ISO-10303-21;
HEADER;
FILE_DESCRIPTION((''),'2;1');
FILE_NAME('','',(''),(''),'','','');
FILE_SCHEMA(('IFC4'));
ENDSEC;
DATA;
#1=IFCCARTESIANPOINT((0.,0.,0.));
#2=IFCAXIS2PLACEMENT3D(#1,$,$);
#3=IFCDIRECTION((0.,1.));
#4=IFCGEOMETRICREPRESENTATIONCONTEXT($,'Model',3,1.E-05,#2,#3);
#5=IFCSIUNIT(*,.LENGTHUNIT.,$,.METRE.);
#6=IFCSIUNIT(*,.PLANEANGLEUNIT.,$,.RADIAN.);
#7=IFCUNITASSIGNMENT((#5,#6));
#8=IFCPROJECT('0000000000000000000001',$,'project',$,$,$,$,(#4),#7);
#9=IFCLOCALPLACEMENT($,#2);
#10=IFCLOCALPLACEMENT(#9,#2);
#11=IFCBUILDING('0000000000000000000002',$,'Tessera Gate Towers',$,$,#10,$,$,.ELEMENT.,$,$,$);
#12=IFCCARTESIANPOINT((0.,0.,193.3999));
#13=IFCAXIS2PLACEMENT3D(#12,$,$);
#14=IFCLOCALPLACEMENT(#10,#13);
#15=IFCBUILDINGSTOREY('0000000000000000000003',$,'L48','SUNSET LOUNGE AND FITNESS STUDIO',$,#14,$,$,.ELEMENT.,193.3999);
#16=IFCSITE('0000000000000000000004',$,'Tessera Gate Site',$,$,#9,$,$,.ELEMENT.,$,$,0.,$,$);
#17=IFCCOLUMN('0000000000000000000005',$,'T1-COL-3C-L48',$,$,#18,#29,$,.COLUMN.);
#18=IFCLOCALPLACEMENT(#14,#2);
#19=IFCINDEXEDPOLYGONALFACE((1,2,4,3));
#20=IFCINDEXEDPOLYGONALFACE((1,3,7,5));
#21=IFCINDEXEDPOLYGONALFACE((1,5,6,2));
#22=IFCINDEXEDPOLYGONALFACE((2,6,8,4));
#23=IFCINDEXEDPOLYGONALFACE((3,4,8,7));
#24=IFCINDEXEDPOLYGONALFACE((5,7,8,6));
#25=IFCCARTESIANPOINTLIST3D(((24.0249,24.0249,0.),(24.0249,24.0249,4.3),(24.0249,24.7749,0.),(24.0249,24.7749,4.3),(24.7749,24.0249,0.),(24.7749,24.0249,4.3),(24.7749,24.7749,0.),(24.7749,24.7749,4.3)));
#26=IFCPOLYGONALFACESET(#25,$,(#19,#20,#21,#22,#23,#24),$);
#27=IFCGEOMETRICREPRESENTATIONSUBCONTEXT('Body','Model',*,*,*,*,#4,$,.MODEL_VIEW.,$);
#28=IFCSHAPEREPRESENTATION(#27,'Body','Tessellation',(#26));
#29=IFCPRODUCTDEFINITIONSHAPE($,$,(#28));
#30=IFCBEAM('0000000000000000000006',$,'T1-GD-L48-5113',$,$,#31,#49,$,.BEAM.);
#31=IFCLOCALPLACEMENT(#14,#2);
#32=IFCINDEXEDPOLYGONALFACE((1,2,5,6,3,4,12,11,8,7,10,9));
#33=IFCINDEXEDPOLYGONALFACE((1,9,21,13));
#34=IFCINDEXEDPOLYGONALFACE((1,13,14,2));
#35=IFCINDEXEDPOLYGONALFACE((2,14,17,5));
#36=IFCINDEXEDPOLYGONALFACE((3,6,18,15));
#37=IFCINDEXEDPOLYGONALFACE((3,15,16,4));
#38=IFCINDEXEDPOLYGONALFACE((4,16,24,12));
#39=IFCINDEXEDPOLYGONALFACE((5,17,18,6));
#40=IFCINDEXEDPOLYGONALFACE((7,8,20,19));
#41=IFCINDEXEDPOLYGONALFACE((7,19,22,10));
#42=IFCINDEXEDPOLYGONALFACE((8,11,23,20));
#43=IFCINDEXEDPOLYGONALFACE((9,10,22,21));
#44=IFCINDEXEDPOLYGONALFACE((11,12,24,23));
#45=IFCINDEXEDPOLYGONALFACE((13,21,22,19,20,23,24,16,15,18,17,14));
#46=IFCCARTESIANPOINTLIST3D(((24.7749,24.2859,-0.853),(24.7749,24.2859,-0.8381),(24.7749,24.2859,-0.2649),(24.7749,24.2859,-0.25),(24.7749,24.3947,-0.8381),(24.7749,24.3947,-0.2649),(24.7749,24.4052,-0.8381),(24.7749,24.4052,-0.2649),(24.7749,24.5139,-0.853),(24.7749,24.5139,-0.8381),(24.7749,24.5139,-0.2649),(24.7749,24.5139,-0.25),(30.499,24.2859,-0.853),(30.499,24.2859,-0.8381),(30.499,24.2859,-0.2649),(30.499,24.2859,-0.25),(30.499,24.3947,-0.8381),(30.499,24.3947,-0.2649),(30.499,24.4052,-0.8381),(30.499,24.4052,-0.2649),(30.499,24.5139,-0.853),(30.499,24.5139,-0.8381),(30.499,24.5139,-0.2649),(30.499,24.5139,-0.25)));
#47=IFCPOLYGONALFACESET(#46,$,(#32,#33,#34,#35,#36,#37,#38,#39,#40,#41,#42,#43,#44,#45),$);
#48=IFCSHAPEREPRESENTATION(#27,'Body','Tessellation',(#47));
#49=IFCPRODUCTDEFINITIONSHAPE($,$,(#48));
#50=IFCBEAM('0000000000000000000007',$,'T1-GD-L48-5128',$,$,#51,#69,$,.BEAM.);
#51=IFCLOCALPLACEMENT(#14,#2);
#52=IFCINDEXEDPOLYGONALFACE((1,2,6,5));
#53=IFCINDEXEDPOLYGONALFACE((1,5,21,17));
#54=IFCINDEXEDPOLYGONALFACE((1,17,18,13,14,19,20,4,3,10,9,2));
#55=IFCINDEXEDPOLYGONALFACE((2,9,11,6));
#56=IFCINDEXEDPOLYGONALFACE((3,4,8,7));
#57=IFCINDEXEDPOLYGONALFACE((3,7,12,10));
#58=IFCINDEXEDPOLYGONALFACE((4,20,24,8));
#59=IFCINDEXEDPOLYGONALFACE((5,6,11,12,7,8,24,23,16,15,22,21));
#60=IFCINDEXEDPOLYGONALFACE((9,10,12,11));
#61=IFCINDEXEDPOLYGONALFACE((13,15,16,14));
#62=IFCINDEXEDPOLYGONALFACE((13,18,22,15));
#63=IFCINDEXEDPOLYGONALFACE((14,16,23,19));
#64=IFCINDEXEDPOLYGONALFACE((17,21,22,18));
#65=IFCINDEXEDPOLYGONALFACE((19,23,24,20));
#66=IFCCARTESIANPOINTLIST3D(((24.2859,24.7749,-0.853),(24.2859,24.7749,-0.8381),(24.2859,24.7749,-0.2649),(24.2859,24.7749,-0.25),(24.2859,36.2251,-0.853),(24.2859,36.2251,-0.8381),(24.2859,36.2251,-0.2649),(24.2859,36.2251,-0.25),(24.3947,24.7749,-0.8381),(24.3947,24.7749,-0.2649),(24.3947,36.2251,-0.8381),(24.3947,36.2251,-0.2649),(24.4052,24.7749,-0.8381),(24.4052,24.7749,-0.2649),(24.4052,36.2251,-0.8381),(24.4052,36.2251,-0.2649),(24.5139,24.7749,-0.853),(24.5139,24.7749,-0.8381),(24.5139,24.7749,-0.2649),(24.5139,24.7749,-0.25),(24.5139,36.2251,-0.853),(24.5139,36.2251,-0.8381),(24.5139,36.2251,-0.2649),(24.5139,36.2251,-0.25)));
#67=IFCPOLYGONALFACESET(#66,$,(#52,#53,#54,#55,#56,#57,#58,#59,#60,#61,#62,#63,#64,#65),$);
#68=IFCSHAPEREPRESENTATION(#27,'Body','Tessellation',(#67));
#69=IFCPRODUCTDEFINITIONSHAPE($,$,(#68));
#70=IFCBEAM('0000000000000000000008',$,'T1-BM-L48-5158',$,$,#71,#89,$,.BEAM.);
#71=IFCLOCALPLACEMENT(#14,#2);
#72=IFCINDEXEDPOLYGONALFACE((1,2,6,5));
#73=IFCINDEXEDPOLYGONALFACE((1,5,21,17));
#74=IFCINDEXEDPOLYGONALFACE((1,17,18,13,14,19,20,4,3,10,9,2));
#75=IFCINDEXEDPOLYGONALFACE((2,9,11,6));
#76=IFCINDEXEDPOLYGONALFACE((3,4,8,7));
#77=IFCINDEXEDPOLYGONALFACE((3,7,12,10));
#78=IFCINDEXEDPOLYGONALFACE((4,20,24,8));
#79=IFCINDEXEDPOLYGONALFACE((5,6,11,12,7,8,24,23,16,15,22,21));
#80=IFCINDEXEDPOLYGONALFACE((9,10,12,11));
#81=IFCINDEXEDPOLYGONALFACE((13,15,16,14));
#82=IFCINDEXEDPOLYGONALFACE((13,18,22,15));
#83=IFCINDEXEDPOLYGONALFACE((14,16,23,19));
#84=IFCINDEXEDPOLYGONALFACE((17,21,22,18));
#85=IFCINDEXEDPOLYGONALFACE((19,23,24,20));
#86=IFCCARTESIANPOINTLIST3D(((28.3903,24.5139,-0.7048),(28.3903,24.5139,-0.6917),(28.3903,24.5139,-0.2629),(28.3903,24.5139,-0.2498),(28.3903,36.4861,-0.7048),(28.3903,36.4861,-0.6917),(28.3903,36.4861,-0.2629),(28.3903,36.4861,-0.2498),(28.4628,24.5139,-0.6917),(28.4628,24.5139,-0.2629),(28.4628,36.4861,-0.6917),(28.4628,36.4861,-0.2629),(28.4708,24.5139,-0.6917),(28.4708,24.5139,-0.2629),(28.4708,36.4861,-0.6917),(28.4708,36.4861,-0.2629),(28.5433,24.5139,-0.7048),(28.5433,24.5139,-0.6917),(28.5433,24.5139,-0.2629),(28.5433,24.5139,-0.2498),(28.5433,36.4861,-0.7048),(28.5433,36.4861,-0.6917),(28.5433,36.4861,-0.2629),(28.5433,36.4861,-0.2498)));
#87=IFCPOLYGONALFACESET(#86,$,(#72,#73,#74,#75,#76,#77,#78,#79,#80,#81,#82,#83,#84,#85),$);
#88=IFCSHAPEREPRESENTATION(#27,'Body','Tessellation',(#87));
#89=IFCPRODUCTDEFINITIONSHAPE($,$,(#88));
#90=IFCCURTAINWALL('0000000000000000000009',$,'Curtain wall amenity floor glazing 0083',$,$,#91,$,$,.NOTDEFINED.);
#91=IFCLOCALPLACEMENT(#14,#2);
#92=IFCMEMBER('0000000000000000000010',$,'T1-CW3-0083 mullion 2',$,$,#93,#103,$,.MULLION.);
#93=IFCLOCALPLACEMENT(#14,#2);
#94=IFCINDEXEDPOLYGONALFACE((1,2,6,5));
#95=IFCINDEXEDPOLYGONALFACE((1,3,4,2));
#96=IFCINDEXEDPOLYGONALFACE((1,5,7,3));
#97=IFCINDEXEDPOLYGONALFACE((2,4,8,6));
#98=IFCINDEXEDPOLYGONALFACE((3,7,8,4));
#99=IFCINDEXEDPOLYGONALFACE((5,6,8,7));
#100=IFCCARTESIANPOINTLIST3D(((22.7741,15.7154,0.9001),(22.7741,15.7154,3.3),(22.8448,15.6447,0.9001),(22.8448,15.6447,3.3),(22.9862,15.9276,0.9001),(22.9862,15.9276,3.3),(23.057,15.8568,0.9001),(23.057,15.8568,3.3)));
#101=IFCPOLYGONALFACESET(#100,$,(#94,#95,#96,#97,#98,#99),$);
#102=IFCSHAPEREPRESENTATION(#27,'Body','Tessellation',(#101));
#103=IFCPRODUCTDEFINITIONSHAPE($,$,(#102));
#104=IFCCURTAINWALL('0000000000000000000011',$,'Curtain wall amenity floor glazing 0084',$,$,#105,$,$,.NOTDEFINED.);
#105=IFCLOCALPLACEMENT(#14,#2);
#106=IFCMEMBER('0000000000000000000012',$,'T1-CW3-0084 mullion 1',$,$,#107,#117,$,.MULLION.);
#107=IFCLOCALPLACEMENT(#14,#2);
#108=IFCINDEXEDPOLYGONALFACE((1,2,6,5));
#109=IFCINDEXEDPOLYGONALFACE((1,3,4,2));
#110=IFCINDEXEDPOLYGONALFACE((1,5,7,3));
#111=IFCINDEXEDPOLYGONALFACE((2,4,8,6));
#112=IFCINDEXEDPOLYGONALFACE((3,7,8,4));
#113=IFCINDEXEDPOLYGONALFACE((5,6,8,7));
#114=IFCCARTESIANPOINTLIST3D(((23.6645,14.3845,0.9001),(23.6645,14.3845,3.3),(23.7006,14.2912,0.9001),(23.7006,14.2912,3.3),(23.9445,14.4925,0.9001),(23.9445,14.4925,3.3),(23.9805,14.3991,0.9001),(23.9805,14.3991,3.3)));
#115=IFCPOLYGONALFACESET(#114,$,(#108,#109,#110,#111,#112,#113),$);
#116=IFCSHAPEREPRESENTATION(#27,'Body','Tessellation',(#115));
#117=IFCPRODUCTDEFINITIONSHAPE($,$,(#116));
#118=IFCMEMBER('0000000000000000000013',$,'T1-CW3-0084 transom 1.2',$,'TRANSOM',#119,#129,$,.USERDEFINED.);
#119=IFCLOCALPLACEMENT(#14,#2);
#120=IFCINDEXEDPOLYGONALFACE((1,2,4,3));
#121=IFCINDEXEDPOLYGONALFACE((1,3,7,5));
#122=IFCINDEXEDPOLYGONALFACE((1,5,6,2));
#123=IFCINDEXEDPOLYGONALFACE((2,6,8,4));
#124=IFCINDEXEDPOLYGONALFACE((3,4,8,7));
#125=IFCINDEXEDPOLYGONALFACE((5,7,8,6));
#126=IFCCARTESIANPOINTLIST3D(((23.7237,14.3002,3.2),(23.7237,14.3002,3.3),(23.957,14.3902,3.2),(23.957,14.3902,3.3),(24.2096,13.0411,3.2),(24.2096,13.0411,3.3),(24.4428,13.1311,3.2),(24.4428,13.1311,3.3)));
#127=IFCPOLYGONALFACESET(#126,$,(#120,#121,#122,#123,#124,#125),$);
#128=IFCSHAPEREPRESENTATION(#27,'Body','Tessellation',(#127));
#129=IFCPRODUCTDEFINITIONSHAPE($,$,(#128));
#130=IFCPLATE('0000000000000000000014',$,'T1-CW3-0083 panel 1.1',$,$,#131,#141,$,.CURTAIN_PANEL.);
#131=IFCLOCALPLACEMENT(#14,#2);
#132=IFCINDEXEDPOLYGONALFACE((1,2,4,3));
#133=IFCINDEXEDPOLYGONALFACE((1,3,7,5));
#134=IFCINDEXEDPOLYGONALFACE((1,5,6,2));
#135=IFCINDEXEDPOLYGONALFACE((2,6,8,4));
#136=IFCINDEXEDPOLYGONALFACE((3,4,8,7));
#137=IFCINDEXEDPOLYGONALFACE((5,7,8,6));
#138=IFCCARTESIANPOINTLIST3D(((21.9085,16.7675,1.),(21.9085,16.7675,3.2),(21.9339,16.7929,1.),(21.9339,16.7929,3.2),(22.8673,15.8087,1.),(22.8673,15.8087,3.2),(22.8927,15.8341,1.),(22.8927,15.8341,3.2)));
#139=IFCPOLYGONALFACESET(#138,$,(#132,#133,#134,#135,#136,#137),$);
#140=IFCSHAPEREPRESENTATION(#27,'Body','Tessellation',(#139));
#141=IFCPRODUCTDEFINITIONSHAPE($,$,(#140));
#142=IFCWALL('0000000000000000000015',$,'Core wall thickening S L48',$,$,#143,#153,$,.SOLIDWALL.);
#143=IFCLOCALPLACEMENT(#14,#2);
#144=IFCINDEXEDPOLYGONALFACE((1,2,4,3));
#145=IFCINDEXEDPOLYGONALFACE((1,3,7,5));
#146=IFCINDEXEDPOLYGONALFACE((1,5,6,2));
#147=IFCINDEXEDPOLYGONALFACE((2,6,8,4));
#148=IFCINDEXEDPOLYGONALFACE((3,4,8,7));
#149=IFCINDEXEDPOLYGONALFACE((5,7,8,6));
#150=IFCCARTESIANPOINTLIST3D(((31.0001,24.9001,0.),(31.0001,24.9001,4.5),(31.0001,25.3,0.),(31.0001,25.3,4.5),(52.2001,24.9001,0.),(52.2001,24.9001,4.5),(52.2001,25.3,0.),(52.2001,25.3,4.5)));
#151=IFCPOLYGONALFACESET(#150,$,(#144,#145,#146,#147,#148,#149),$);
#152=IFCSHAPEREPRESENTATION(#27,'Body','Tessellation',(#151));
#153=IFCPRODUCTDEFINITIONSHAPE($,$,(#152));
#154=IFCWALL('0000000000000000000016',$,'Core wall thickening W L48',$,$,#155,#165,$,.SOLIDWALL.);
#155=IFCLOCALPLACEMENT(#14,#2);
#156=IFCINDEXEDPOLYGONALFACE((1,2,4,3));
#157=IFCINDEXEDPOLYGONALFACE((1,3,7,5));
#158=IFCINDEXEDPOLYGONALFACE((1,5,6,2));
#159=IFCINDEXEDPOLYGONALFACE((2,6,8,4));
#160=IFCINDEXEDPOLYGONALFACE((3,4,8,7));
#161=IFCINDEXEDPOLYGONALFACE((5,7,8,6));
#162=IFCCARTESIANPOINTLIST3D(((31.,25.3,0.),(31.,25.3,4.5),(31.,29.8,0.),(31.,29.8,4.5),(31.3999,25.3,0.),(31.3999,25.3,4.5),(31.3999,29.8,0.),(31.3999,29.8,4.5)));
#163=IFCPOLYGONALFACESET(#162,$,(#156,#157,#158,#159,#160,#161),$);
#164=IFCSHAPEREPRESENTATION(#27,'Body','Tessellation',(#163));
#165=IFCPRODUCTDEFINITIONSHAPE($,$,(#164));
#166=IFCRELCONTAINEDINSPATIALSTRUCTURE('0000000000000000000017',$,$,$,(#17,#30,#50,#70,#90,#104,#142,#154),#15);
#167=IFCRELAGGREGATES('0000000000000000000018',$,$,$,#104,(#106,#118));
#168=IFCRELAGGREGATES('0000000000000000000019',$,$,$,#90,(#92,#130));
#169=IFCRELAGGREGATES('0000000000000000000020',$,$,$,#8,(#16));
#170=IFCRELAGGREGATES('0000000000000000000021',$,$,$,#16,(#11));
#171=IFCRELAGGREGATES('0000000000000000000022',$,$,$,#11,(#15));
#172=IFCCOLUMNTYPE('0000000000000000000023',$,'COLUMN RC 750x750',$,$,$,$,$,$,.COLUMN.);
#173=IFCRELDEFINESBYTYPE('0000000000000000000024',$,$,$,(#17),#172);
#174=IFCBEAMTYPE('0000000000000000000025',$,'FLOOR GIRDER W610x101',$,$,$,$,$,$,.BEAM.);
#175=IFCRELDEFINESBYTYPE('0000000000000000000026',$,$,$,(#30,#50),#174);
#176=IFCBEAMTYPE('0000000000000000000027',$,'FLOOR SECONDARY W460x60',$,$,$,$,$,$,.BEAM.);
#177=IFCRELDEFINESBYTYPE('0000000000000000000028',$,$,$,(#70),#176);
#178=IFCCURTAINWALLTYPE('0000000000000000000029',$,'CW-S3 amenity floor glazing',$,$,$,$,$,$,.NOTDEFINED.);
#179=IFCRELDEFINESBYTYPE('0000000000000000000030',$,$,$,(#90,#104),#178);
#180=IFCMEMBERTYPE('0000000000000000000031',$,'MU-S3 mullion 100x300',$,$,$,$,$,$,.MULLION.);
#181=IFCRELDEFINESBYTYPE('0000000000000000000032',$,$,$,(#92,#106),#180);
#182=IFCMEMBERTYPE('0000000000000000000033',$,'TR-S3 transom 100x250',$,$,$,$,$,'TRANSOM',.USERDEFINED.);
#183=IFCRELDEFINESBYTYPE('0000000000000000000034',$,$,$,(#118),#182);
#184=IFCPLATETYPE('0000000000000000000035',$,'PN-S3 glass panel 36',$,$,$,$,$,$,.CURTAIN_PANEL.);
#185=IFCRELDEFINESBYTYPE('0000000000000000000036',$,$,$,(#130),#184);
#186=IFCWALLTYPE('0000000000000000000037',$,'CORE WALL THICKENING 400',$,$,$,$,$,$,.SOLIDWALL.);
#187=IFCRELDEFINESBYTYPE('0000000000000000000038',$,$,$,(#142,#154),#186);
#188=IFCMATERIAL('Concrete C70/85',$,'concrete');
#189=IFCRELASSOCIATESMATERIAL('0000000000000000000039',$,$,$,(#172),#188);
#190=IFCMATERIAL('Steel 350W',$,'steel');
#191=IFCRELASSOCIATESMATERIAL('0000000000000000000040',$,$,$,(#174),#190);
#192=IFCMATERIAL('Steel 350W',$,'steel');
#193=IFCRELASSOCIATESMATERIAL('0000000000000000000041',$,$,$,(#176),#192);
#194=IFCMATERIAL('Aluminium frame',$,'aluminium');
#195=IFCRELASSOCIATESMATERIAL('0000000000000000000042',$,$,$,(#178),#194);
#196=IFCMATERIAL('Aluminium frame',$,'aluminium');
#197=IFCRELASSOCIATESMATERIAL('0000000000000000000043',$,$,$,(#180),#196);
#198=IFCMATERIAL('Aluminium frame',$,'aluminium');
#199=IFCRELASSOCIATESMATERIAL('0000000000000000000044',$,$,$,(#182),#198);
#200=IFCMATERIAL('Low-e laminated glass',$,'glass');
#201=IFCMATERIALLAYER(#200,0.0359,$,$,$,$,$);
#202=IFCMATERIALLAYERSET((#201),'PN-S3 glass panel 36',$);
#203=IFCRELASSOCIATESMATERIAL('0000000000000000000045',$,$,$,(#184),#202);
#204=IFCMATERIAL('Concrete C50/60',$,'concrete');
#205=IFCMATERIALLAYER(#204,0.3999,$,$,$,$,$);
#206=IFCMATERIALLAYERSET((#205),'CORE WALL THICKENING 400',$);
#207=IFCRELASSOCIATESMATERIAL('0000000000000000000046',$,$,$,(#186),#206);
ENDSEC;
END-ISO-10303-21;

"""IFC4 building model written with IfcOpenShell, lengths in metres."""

from ifc_helpers import new_model, si_unit, direction, frame, frame_2d, origin, origin_2d, place, context, subcontext, project, spatial, rectangle, i_section, extrude, material, layer, layer_set, material_profile, profile_set, type_object, element, aggregate, save


model = new_model("IFC4")

# Units and contexts
model_context = context("Model", 3, precision=1e-05, world=origin(), true_north=direction((0.0, 1.0)))
body_context = subcontext(model_context, "Body", "Model", "MODEL_VIEW")
ifc_project = project(units=[si_unit("LENGTHUNIT", "METRE"), si_unit("PLANEANGLEUNIT", "RADIAN")], contexts=[model_context])

# Site, building, storey
site_placement = place(None, origin())
site = spatial("IfcSite", under=ifc_project, at=site_placement, Name="Tessera Gate Site", CompositionType="ELEMENT", RefElevation=0.0)
building_placement = place(site_placement, origin())
building = spatial("IfcBuilding", under=site, at=building_placement, Name="Tessera Gate Towers", CompositionType="ELEMENT")
storey_placement = place(building_placement, frame((0.0, 0.0, 193.3999)))
storey = spatial("IfcBuildingStorey", under=building, at=storey_placement, Name="L48", Description="SUNSET LOUNGE AND FITNESS STUDIO", CompositionType="ELEMENT", Elevation=193.3999)

# Column
ifc_material_1 = material(Name="Concrete C70/85", Category="concrete")
ifc_material_profile_1 = material_profile(ifc_material_1, rectangle(XDim=0.75, YDim=0.75, at=origin_2d()), Name="RC 750x750")
ifc_profile_set_1 = profile_set([ifc_material_profile_1], Name="Concrete C70/85")
column_type = type_object("IfcColumnType", Name="COLUMN RC 750x750", PredefinedType="COLUMN", material=ifc_profile_set_1)
column_placement = place(storey_placement, frame((24.3999, 24.3999, 0.0), z_axis=(0.0, 0.0, 1.0), x_axis=(1.0, 0.0, 0.0)))
element("IfcColumn", 1, at=column_placement, inside=storey, type_object=column_type, Name="T1-COL-3C-L48", PredefinedType="COLUMN", context=body_context, shape_type="SweptSolid", body=[
    extrude(rectangle(XDim=0.75, YDim=0.75, at=origin_2d()), origin(), (0.0, 0.0, 1.0), 4.3),
])

# Beams
ifc_material_2 = material(Name="Steel 350W", Category="steel")
ifc_material_profile_2 = material_profile(ifc_material_2, i_section(OverallWidth=0.228, OverallDepth=0.603, WebThickness=0.0105, FlangeThickness=0.0149, at=origin_2d()), Name="W610x101")
ifc_profile_set_2 = profile_set([ifc_material_profile_2], Name="Steel 350W")
beam_type_1 = type_object("IfcBeamType", Name="FLOOR GIRDER W610x101", PredefinedType="BEAM", material=ifc_profile_set_2)
beam_1_placement = place(storey_placement, frame((24.7749, 24.3999, -0.5515), z_axis=(1.0, 0.0, 0.0), x_axis=(0.0, 1.0, 0.0)))
element("IfcBeam", 2, at=beam_1_placement, inside=storey, type_object=beam_type_1, Name="T1-GD-L48-5113", PredefinedType="BEAM", context=body_context, shape_type="SweptSolid", body=[
    extrude(i_section(OverallWidth=0.228, OverallDepth=0.603, WebThickness=0.0105, FlangeThickness=0.0149, at=origin_2d()), origin(), (0.0, 0.0, 1.0), 5.7241),
])
beam_2_placement = place(storey_placement, frame((24.3999, 24.7749, -0.5515), z_axis=(0.0, 1.0, 0.0), x_axis=(-1.0, 0.0, 0.0)))
element("IfcBeam", 3, at=beam_2_placement, inside=storey, type_object=beam_type_1, Name="T1-GD-L48-5128", PredefinedType="BEAM", context=body_context, shape_type="SweptSolid", body=[
    extrude(i_section(OverallWidth=0.228, OverallDepth=0.603, WebThickness=0.0105, FlangeThickness=0.0149, at=origin_2d()), origin(), (0.0, 0.0, 1.0), 11.4502),
])
ifc_material_3 = material(Name="Steel 350W", Category="steel")
ifc_material_profile_3 = material_profile(ifc_material_3, i_section(OverallWidth=0.1531, OverallDepth=0.4551, WebThickness=0.0081, FlangeThickness=0.0132, at=origin_2d()), Name="W460x60")
ifc_profile_set_3 = profile_set([ifc_material_profile_3], Name="Steel 350W")
beam_type_2 = type_object("IfcBeamType", Name="FLOOR SECONDARY W460x60", PredefinedType="BEAM", material=ifc_profile_set_3)
beam_3_placement = place(storey_placement, frame((28.4668, 24.5139, -0.4773), z_axis=(0.0, 1.0, 0.0), x_axis=(-1.0, 0.0, 0.0)))
element("IfcBeam", 4, at=beam_3_placement, inside=storey, type_object=beam_type_2, Name="T1-BM-L48-5158", PredefinedType="BEAM", context=body_context, shape_type="SweptSolid", body=[
    extrude(i_section(OverallWidth=0.1531, OverallDepth=0.4551, WebThickness=0.0081, FlangeThickness=0.0132, at=origin_2d()), origin(), (0.0, 0.0, 1.0), 11.9722),
])

# Curtain wall, member
ifc_material_4 = material(Name="Aluminium frame", Category="aluminium")
curtain_wall_type = type_object("IfcCurtainWallType", Name="CW-S3 amenity floor glazing", PredefinedType="NOTDEFINED", material=ifc_material_4)
curtain_wall_1_placement = place(storey_placement, origin())
curtain_wall_1 = element("IfcCurtainWall", 5, at=curtain_wall_1_placement, inside=storey, type_object=curtain_wall_type, Name="Curtain wall amenity floor glazing 0083", PredefinedType="NOTDEFINED")
ifc_material_5 = material(Name="Aluminium frame", Category="aluminium")
ifc_material_profile_4 = material_profile(ifc_material_5, rectangle(XDim=0.1001, YDim=0.3, at=origin_2d()), Name="AL 100x300")
ifc_profile_set_4 = profile_set([ifc_material_profile_4], Name="Aluminium frame")
member_type_1 = type_object("IfcMemberType", Name="MU-S3 mullion 100x300", PredefinedType="MULLION", material=ifc_profile_set_4)
member_1_placement = place(storey_placement, frame((22.9155, 15.7861, 0.9001), z_axis=(0.0, 0.0, 1.0), x_axis=(0.707107, -0.707107, 0.0)))
member_1 = element("IfcMember", 6, at=member_1_placement, type_object=member_type_1, Name="T1-CW3-0083 mullion 2", PredefinedType="MULLION", context=body_context, shape_type="SweptSolid", body=[
    extrude(rectangle(XDim=0.1001, YDim=0.3, at=origin_2d()), origin(), (0.0, 0.0, 1.0), 2.3999),
])

# Curtain wall, members
curtain_wall_2_placement = place(storey_placement, origin())
curtain_wall_2 = element("IfcCurtainWall", 7, at=curtain_wall_2_placement, inside=storey, type_object=curtain_wall_type, Name="Curtain wall amenity floor glazing 0084", PredefinedType="NOTDEFINED")
member_2_placement = place(storey_placement, frame((23.8225, 14.3918, 0.9001), z_axis=(0.0, 0.0, 1.0), x_axis=(0.359904, -0.932989, 0.0)))
member_2 = element("IfcMember", 8, at=member_2_placement, type_object=member_type_1, Name="T1-CW3-0084 mullion 1", PredefinedType="MULLION", context=body_context, shape_type="SweptSolid", body=[
    extrude(rectangle(XDim=0.1001, YDim=0.3, at=origin_2d()), origin(), (0.0, 0.0, 1.0), 2.3999),
])
ifc_material_6 = material(Name="Aluminium frame", Category="aluminium")
ifc_material_profile_5 = material_profile(ifc_material_6, rectangle(XDim=0.25, YDim=0.1001, at=origin_2d()), Name="AL 100x250")
ifc_profile_set_5 = profile_set([ifc_material_profile_5], Name="Aluminium frame")
member_type_2 = type_object("IfcMemberType", Name="TR-S3 transom 100x250", ElementType="TRANSOM", PredefinedType="USERDEFINED", material=ifc_profile_set_5)
member_3_placement = place(storey_placement, frame((23.8403, 14.3452, 3.25), z_axis=(0.360009, -0.932949, 0.0), x_axis=(0.932949, 0.360009, 0.0)))
member_3 = element("IfcMember", 9, at=member_3_placement, type_object=member_type_2, Name="T1-CW3-0084 transom 1.2", ObjectType="TRANSOM", PredefinedType="USERDEFINED", context=body_context, shape_type="SweptSolid", body=[
    extrude(rectangle(XDim=0.25, YDim=0.1001, at=origin_2d()), origin(), (0.0, 0.0, 1.0), 1.3496),
])
aggregate(curtain_wall_2, [member_2, member_3])

# Plate
ifc_material_7 = material(Name="Low-e laminated glass", Category="glass")
ifc_layer_1 = layer(ifc_material_7, 0.0359)
ifc_layer_set_1 = layer_set([ifc_layer_1], Name="PN-S3 glass panel 36")
plate_type = type_object("IfcPlateType", Name="PN-S3 glass panel 36", PredefinedType="CURTAIN_PANEL", material=ifc_layer_set_1)
plate_placement = place(storey_placement, frame((22.4006, 16.3008, 1.0), z_axis=(0.0, 0.0, 1.0), x_axis=(0.707107, -0.707107, 0.0)))
plate = element("IfcPlate", 10, at=plate_placement, type_object=plate_type, Name="T1-CW3-0083 panel 1.1", PredefinedType="CURTAIN_PANEL", context=body_context, shape_type="SweptSolid", body=[
    extrude(rectangle(XDim=1.356, YDim=0.0359, at=origin_2d()), origin(), (0.0, 0.0, 1.0), 2.2),
])
aggregate(curtain_wall_1, [member_1, plate])

# Walls
ifc_material_8 = material(Name="Concrete C50/60", Category="concrete")
ifc_layer_2 = layer(ifc_material_8, 0.3999)
ifc_layer_set_2 = layer_set([ifc_layer_2], Name="CORE WALL THICKENING 400")
wall_type_1 = type_object("IfcWallType", Name="CORE WALL THICKENING 400", PredefinedType="SOLIDWALL", material=ifc_layer_set_2)
wall_1_placement = place(storey_placement, frame((31.0, 25.1001, 0.0), z_axis=(0.0, 0.0, 1.0), x_axis=(1.0, 0.0, 0.0)))
element("IfcWall", 11, at=wall_1_placement, inside=storey, type_object=wall_type_1, Name="Core wall thickening S L48", PredefinedType="SOLIDWALL", context=body_context, shape_type="SweptSolid", body=[
    extrude(rectangle(XDim=21.2, YDim=0.3999, at=frame_2d((10.6001, 0.0))), origin(), (0.0, 0.0, 1.0), 4.5),
])
wall_2_placement = place(storey_placement, frame((31.2, 25.3, 0.0), z_axis=(0.0, 0.0, 1.0), x_axis=(0.0, 1.0, 0.0)))
element("IfcWall", 12, at=wall_2_placement, inside=storey, type_object=wall_type_1, Name="Core wall thickening W L48", PredefinedType="SOLIDWALL", context=body_context, shape_type="SweptSolid", body=[
    extrude(rectangle(XDim=4.5, YDim=0.3999, at=frame_2d((2.25, 0.0))), origin(), (0.0, 0.0, 1.0), 4.5),
])

save(model, "model.ifc")
